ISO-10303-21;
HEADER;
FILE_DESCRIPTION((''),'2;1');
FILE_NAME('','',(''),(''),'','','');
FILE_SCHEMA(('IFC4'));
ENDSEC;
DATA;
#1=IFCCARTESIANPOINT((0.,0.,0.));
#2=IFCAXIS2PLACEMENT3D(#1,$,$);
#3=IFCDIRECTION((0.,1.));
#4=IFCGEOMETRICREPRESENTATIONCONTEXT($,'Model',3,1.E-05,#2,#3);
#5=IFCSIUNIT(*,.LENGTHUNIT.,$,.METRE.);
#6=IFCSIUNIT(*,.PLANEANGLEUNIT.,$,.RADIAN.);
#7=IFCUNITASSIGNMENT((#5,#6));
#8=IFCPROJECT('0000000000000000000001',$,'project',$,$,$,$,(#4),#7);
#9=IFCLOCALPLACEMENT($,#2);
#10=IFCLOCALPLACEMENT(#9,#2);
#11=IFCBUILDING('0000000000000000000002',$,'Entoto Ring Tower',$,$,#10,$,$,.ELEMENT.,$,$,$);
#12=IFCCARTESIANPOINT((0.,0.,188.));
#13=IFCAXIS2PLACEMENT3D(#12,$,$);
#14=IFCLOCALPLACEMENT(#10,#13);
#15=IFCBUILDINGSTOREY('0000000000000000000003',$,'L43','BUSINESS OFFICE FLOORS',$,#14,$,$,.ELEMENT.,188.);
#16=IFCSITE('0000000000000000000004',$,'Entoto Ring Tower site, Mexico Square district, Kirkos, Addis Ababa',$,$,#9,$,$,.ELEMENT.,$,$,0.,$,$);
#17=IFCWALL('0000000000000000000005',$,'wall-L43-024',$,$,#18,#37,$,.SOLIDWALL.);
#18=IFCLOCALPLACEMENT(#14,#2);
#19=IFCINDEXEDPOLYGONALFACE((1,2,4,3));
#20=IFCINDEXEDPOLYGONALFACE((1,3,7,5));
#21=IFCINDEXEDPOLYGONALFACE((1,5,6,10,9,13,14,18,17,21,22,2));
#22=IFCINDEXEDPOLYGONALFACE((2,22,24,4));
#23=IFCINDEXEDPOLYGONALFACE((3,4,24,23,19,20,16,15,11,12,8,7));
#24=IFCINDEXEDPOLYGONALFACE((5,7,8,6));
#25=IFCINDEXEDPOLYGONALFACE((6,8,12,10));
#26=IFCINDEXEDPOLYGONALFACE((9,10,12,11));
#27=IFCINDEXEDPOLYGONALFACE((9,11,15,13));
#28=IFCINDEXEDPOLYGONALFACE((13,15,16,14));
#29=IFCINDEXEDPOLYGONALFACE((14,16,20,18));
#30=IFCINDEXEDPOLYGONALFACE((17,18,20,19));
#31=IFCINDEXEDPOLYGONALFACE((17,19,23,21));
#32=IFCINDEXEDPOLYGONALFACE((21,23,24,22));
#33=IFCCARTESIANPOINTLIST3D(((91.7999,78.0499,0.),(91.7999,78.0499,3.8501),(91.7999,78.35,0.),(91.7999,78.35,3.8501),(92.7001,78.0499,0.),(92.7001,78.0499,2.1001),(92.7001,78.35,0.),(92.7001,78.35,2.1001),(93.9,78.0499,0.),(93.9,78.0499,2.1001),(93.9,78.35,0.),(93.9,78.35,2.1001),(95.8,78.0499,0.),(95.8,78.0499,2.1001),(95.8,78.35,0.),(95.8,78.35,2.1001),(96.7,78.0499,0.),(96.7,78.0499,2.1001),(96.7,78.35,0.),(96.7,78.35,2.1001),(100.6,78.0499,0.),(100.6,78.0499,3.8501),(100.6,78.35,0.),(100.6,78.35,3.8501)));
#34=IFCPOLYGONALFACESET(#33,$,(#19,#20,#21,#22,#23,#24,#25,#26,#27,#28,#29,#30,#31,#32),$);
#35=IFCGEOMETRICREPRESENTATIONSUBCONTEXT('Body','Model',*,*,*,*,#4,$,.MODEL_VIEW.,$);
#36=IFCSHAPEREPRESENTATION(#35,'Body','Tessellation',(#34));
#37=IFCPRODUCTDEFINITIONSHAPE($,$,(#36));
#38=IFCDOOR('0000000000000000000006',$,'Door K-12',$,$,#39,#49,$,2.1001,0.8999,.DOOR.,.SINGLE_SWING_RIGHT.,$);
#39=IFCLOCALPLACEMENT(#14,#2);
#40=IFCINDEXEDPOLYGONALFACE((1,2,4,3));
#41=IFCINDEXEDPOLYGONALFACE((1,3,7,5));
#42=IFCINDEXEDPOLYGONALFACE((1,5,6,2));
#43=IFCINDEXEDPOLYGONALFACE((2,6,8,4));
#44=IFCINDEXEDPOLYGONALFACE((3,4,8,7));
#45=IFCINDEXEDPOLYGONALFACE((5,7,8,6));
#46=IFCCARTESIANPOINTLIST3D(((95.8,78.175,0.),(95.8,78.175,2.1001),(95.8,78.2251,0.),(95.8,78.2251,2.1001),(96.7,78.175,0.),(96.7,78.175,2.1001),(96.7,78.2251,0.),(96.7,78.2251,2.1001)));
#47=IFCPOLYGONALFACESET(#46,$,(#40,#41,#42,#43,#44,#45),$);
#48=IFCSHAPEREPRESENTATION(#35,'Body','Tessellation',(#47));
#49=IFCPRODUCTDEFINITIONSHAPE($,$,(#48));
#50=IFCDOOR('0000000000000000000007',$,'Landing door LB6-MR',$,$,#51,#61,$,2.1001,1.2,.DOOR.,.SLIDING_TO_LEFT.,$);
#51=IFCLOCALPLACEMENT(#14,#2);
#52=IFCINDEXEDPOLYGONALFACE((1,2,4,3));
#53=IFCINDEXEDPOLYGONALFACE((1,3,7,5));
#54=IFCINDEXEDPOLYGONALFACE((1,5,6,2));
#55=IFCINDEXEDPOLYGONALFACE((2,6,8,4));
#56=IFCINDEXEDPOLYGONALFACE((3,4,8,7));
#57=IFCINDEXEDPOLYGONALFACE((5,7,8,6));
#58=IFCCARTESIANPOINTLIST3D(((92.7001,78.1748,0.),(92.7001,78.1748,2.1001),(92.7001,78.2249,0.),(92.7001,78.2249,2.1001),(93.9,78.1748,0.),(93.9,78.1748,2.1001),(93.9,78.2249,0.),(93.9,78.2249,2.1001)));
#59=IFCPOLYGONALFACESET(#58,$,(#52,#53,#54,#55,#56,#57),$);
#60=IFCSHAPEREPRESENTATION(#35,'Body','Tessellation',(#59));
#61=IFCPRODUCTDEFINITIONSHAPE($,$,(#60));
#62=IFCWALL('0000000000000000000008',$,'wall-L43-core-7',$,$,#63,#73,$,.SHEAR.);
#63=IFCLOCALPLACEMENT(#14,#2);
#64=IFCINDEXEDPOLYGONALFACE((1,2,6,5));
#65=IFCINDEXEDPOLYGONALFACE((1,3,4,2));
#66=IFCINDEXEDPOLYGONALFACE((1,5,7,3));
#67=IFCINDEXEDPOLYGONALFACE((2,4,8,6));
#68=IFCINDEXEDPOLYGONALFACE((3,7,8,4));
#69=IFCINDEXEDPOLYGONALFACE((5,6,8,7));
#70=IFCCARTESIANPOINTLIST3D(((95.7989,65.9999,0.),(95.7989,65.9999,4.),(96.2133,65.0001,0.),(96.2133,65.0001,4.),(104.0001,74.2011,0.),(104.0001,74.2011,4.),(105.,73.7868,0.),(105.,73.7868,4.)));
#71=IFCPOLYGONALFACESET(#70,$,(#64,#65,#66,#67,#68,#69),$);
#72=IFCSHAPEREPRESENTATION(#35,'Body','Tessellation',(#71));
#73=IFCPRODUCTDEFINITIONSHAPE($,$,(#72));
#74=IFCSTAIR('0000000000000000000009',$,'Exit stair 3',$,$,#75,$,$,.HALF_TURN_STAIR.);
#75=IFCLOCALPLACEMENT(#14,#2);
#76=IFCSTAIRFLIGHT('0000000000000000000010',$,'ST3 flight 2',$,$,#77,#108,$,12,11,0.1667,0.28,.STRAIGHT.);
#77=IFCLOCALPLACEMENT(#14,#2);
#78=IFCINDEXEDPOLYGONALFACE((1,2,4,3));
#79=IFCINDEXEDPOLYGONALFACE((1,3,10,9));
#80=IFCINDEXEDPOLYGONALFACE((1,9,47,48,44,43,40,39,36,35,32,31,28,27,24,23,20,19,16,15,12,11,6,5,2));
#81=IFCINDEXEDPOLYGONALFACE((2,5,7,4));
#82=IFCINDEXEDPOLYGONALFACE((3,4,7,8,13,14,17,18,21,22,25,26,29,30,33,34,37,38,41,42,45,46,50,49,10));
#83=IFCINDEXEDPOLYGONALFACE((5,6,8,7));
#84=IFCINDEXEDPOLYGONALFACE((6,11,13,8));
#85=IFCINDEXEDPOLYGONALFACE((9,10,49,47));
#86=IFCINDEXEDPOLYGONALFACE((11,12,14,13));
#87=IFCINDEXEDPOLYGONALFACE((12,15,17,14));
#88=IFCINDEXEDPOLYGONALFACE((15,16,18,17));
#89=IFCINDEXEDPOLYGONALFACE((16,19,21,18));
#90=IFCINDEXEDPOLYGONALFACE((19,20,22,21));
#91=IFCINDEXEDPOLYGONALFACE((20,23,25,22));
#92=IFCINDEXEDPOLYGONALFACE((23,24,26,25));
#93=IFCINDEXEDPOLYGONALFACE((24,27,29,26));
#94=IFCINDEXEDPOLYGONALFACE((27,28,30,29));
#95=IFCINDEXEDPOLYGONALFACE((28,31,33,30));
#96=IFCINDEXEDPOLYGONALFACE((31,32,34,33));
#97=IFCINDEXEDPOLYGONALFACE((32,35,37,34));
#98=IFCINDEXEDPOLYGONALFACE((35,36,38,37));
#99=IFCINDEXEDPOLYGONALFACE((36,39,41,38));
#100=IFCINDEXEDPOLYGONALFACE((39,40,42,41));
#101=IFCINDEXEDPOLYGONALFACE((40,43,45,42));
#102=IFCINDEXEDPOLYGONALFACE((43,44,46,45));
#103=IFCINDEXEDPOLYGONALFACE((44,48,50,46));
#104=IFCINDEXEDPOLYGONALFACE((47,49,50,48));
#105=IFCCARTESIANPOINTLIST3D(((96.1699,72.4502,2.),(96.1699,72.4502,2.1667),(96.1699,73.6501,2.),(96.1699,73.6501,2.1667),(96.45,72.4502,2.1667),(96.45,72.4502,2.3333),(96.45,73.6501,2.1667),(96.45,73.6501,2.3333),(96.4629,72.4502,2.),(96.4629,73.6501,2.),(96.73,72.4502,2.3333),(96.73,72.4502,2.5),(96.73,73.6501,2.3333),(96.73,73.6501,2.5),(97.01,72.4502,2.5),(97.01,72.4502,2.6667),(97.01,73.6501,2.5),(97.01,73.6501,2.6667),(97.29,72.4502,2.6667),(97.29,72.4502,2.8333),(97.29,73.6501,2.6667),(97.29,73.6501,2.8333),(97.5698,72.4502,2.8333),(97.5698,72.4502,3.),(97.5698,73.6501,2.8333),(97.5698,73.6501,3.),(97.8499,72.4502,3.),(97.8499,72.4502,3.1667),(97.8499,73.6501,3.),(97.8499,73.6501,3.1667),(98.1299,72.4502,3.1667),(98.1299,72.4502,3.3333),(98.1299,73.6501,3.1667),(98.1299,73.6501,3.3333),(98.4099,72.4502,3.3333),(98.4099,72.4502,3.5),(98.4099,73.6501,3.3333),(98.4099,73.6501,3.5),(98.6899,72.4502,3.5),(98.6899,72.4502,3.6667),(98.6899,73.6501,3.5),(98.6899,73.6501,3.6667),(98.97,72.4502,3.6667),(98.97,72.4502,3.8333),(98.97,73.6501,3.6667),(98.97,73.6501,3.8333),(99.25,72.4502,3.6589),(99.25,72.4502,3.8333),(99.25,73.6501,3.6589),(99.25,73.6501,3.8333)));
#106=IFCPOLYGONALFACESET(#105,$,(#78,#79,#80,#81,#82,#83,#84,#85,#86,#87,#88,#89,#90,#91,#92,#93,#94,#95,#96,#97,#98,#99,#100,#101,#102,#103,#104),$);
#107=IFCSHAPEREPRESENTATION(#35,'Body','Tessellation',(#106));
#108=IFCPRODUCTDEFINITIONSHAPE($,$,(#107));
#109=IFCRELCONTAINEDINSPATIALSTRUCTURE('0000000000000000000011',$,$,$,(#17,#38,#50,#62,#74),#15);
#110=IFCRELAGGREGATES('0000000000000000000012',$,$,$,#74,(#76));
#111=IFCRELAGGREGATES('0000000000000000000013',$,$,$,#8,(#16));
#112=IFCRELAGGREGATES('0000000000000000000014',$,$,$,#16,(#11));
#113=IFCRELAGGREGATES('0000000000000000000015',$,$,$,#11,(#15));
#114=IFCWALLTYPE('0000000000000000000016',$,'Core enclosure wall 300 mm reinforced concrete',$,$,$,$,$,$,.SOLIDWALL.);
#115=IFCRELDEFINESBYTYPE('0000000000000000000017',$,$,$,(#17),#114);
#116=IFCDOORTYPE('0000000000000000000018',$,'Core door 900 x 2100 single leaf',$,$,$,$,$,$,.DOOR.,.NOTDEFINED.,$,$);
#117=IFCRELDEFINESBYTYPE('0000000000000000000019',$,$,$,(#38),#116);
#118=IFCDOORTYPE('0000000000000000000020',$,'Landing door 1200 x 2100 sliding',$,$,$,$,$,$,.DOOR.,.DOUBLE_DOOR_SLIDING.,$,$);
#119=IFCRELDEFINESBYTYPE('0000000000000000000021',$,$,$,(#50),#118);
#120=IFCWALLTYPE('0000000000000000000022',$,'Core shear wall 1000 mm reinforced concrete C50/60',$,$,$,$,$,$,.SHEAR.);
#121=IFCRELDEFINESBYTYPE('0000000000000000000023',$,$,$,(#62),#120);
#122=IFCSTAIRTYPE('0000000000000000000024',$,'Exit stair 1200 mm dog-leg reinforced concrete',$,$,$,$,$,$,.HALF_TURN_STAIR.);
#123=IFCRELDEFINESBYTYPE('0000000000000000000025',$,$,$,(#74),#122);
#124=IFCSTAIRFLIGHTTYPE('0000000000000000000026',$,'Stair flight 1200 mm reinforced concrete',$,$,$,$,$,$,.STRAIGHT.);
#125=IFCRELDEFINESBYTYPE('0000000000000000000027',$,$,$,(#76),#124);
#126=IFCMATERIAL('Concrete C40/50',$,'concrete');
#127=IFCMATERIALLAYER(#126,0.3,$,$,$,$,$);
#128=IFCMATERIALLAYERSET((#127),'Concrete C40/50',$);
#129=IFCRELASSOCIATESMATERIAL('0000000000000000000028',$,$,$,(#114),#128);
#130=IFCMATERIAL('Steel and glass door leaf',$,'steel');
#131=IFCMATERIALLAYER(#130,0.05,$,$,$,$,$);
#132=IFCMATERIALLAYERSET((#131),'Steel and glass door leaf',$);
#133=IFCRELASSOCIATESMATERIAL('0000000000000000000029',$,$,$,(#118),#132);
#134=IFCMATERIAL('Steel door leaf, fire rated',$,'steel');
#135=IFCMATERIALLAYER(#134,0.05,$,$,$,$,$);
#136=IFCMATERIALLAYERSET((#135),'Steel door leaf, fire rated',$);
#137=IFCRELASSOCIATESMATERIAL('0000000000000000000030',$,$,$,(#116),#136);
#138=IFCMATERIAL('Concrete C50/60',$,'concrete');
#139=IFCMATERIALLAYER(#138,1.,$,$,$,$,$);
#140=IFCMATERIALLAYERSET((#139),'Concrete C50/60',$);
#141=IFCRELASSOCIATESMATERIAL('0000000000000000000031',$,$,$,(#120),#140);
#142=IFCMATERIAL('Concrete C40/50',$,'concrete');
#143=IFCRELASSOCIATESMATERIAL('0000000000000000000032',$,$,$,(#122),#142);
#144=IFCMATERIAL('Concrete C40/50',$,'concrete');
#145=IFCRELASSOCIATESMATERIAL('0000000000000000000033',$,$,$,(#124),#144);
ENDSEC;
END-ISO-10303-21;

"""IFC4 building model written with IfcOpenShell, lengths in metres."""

from ifc_helpers import new_model, si_unit, direction, frame, frame_2d, origin, place, context, subcontext, project, spatial, polyline, rectangle, outline, extrude, material, layer, layer_set, type_object, element, fill, aggregate, save


model = new_model("IFC4")

# Units and contexts
model_context = context("Model", 3, precision=1e-05, world=origin(), true_north=direction((0.0, 1.0)))
body_context = subcontext(model_context, "Body", "Model", "MODEL_VIEW")
ifc_project = project(units=[si_unit("LENGTHUNIT", "METRE"), si_unit("PLANEANGLEUNIT", "RADIAN")], contexts=[model_context])

# Site, building, storey
site_placement = place(None, origin())
site = spatial("IfcSite", under=ifc_project, at=site_placement, Name="Entoto Ring Tower site, Mexico Square district, Kirkos, Addis Ababa", CompositionType="ELEMENT", RefElevation=0.0)
building_placement = place(site_placement, origin())
building = spatial("IfcBuilding", under=site, at=building_placement, Name="Entoto Ring Tower", CompositionType="ELEMENT")
storey_placement = place(building_placement, frame((0.0, 0.0, 188.0)))
storey = spatial("IfcBuildingStorey", under=building, at=storey_placement, Name="L43", Description="BUSINESS OFFICE FLOORS", CompositionType="ELEMENT", Elevation=188.0)

# Shared definitions
ifc_material_1 = material(Name="Concrete C40/50", Category="concrete")
ifc_layer_1 = layer(ifc_material_1, 0.3)
ifc_layer_set_1 = layer_set([ifc_layer_1], Name="Concrete C40/50")
wall_type_1 = type_object("IfcWallType", Name="Core enclosure wall 300 mm reinforced concrete", PredefinedType="SOLIDWALL", material=ifc_layer_set_1)

# Shared definitions
ifc_material_2 = material(Name="Steel and glass door leaf", Category="steel")
ifc_layer_2 = layer(ifc_material_2, 0.05)
ifc_layer_set_2 = layer_set([ifc_layer_2], Name="Steel and glass door leaf")
door_type_1 = type_object("IfcDoorType", Name="Landing door 1200 x 2100 sliding", OperationType="DOUBLE_DOOR_SLIDING", PredefinedType="DOOR", material=ifc_layer_set_2)

# Wall, openings, doors
wall_1_placement = place(storey_placement, frame((91.8, 78.2, 0.0), z_axis=(0.0, 0.0, 1.0), x_axis=(1.0, 0.0, 0.0)))
wall_1 = element("IfcWall", 1, at=wall_1_placement, inside=storey, type_object=wall_type_1, Name="wall-L43-024", PredefinedType="SOLIDWALL", context=body_context, shape_type="SweptSolid", body=[
    extrude(rectangle(XDim=8.8, YDim=0.3, at=frame_2d((4.3999, 0.0))), origin(), (0.0, 0.0, 1.0), 3.8501),
])
opening_1_placement = place(wall_1_placement, frame((0.8999, 0.0, 0.0)))
opening_1 = element("IfcOpeningElement", 2, at=opening_1_placement, cuts=wall_1, PredefinedType="OPENING", context=body_context, shape_type="SweptSolid", body=[
    extrude(rectangle(XDim=1.2, YDim=2.1001, at=frame_2d((0.6001, 1.05))), frame((0.0, 0.1602, 0.0), z_axis=(0.0, -1.0, 0.0), x_axis=(1.0, 0.0, 0.0)), (0.0, 0.0, 1.0), 0.3201),
])
opening_2_placement = place(wall_1_placement, frame((4.0, 0.0, 0.0)))
opening_2 = element("IfcOpeningElement", 3, at=opening_2_placement, cuts=wall_1, PredefinedType="OPENING", context=body_context, shape_type="SweptSolid", body=[
    extrude(rectangle(XDim=0.8999, YDim=2.1001, at=frame_2d((0.45, 1.05))), frame((0.0, 0.1602, 0.0), z_axis=(0.0, -1.0, 0.0), x_axis=(1.0, 0.0, 0.0)), (0.0, 0.0, 1.0), 0.3201),
])
ifc_material_3 = material(Name="Steel door leaf, fire rated", Category="steel")
ifc_layer_3 = layer(ifc_material_3, 0.05)
ifc_layer_set_3 = layer_set([ifc_layer_3], Name="Steel door leaf, fire rated")
door_type_2 = type_object("IfcDoorType", Name="Core door 900 x 2100 single leaf", OperationType="NOTDEFINED", PredefinedType="DOOR", material=ifc_layer_set_3)
door_1_placement = place(opening_2_placement, frame((0.8999, 0.0, 0.0), z_axis=(0.0, 0.0, 1.0), x_axis=(-1.0, 0.0, 0.0)))
door_1 = element("IfcDoor", 4, at=door_1_placement, inside=storey, type_object=door_type_2, Name="Door K-12", OperationType="SINGLE_SWING_RIGHT", OverallHeight=2.1001, OverallWidth=0.8999, PredefinedType="DOOR", context=body_context, shape_type="SweptSolid", body=[
    extrude(rectangle(XDim=0.8999, YDim=2.1001, at=frame_2d((0.45, 1.05))), frame((0.0, 0.0249, 0.0), z_axis=(0.0, -1.0, 0.0), x_axis=(1.0, 0.0, 0.0)), (0.0, 0.0, 1.0), 0.05),
])
fill(opening_2, door_1)
door_2_placement = place(opening_1_placement, origin())
door_2 = element("IfcDoor", 5, at=door_2_placement, inside=storey, type_object=door_type_1, Name="Landing door LB6-MR", OperationType="SLIDING_TO_LEFT", OverallHeight=2.1001, OverallWidth=1.2, PredefinedType="DOOR", context=body_context, shape_type="SweptSolid", body=[
    extrude(rectangle(XDim=1.2, YDim=2.1001, at=frame_2d((0.6001, 1.05))), frame((0.0, 0.0249, 0.0), z_axis=(0.0, -1.0, 0.0), x_axis=(1.0, 0.0, 0.0)), (0.0, 0.0, 1.0), 0.05),
])
fill(opening_1, door_2)

# Wall
ifc_material_4 = material(Name="Concrete C50/60", Category="concrete")
ifc_layer_4 = layer(ifc_material_4, 1.0)
ifc_layer_set_4 = layer_set([ifc_layer_4], Name="Concrete C50/60")
wall_type_2 = type_object("IfcWallType", Name="Core shear wall 1000 mm reinforced concrete C50/60", PredefinedType="SHEAR", material=ifc_layer_set_4)
wall_2_placement = place(storey_placement, frame((96.0061, 65.5, 0.0), z_axis=(0.0, 0.0, 1.0), x_axis=(0.707107, 0.707107, 0.0)))
element("IfcWall", 6, at=wall_2_placement, inside=storey, type_object=wall_type_2, Name="wall-L43-core-7", PredefinedType="SHEAR", context=body_context, shape_type="SweptSolid", body=[
    extrude(outline(polyline([(-0.207, -0.5), (12.2192, -0.5), (11.8052, 0.5), (0.207, 0.5), (-0.207, -0.5)])), origin(), (0.0, 0.0, 1.0), 4.0),
])

# Stair, stair flight
ifc_material_5 = material(Name="Concrete C40/50", Category="concrete")
stair_type = type_object("IfcStairType", Name="Exit stair 1200 mm dog-leg reinforced concrete", PredefinedType="HALF_TURN_STAIR", material=ifc_material_5)
stair_placement = place(storey_placement, origin())
stair = element("IfcStair", 7, at=stair_placement, inside=storey, type_object=stair_type, Name="Exit stair 3", PredefinedType="HALF_TURN_STAIR")
ifc_material_6 = material(Name="Concrete C40/50", Category="concrete")
stair_flight_type = type_object("IfcStairFlightType", Name="Stair flight 1200 mm reinforced concrete", PredefinedType="STRAIGHT", material=ifc_material_6)
stair_flight_placement = place(storey_placement, frame((96.1699, 73.05, 2.0), z_axis=(0.0, 0.0, 1.0), x_axis=(1.0, 0.0, 0.0)))
stair_flight = element("IfcStairFlight", 8, at=stair_flight_placement, type_object=stair_flight_type, Name="ST3 flight 2", NumberOfRisers=12, NumberOfTreads=11, PredefinedType="STRAIGHT", RiserHeight=0.1667, TreadLength=0.28, context=body_context, shape_type="SweptSolid", body=[
    extrude(outline(polyline([(0.0, 0.0), (0.0, 0.1667), (0.28, 0.1667), (0.28, 0.3333), (0.5601, 0.3333), (0.5601, 0.5), (0.8401, 0.5), (0.8401, 0.6667), (1.1201, 0.6667), (1.1201, 0.8333), (1.3999, 0.8333), (1.3999, 1.0), (1.6799, 1.0), (1.6799, 1.1667), (1.96, 1.1667), (1.96, 1.3333), (2.24, 1.3333), (2.24, 1.5), (2.52, 1.5), (2.52, 1.6667), (2.8, 1.6667), (2.8, 1.8333), (3.0801, 1.8333), (3.0801, 2.0), (3.0801, 1.6589), (0.293, 0.0), (0.0, 0.0)])), frame((0.0, 0.6001, 0.0), z_axis=(0.0, -1.0, 0.0), x_axis=(1.0, 0.0, 0.0)), (0.0, 0.0, 1.0), 1.2),
])
aggregate(stair, [stair_flight])

save(model, "model.ifc")
